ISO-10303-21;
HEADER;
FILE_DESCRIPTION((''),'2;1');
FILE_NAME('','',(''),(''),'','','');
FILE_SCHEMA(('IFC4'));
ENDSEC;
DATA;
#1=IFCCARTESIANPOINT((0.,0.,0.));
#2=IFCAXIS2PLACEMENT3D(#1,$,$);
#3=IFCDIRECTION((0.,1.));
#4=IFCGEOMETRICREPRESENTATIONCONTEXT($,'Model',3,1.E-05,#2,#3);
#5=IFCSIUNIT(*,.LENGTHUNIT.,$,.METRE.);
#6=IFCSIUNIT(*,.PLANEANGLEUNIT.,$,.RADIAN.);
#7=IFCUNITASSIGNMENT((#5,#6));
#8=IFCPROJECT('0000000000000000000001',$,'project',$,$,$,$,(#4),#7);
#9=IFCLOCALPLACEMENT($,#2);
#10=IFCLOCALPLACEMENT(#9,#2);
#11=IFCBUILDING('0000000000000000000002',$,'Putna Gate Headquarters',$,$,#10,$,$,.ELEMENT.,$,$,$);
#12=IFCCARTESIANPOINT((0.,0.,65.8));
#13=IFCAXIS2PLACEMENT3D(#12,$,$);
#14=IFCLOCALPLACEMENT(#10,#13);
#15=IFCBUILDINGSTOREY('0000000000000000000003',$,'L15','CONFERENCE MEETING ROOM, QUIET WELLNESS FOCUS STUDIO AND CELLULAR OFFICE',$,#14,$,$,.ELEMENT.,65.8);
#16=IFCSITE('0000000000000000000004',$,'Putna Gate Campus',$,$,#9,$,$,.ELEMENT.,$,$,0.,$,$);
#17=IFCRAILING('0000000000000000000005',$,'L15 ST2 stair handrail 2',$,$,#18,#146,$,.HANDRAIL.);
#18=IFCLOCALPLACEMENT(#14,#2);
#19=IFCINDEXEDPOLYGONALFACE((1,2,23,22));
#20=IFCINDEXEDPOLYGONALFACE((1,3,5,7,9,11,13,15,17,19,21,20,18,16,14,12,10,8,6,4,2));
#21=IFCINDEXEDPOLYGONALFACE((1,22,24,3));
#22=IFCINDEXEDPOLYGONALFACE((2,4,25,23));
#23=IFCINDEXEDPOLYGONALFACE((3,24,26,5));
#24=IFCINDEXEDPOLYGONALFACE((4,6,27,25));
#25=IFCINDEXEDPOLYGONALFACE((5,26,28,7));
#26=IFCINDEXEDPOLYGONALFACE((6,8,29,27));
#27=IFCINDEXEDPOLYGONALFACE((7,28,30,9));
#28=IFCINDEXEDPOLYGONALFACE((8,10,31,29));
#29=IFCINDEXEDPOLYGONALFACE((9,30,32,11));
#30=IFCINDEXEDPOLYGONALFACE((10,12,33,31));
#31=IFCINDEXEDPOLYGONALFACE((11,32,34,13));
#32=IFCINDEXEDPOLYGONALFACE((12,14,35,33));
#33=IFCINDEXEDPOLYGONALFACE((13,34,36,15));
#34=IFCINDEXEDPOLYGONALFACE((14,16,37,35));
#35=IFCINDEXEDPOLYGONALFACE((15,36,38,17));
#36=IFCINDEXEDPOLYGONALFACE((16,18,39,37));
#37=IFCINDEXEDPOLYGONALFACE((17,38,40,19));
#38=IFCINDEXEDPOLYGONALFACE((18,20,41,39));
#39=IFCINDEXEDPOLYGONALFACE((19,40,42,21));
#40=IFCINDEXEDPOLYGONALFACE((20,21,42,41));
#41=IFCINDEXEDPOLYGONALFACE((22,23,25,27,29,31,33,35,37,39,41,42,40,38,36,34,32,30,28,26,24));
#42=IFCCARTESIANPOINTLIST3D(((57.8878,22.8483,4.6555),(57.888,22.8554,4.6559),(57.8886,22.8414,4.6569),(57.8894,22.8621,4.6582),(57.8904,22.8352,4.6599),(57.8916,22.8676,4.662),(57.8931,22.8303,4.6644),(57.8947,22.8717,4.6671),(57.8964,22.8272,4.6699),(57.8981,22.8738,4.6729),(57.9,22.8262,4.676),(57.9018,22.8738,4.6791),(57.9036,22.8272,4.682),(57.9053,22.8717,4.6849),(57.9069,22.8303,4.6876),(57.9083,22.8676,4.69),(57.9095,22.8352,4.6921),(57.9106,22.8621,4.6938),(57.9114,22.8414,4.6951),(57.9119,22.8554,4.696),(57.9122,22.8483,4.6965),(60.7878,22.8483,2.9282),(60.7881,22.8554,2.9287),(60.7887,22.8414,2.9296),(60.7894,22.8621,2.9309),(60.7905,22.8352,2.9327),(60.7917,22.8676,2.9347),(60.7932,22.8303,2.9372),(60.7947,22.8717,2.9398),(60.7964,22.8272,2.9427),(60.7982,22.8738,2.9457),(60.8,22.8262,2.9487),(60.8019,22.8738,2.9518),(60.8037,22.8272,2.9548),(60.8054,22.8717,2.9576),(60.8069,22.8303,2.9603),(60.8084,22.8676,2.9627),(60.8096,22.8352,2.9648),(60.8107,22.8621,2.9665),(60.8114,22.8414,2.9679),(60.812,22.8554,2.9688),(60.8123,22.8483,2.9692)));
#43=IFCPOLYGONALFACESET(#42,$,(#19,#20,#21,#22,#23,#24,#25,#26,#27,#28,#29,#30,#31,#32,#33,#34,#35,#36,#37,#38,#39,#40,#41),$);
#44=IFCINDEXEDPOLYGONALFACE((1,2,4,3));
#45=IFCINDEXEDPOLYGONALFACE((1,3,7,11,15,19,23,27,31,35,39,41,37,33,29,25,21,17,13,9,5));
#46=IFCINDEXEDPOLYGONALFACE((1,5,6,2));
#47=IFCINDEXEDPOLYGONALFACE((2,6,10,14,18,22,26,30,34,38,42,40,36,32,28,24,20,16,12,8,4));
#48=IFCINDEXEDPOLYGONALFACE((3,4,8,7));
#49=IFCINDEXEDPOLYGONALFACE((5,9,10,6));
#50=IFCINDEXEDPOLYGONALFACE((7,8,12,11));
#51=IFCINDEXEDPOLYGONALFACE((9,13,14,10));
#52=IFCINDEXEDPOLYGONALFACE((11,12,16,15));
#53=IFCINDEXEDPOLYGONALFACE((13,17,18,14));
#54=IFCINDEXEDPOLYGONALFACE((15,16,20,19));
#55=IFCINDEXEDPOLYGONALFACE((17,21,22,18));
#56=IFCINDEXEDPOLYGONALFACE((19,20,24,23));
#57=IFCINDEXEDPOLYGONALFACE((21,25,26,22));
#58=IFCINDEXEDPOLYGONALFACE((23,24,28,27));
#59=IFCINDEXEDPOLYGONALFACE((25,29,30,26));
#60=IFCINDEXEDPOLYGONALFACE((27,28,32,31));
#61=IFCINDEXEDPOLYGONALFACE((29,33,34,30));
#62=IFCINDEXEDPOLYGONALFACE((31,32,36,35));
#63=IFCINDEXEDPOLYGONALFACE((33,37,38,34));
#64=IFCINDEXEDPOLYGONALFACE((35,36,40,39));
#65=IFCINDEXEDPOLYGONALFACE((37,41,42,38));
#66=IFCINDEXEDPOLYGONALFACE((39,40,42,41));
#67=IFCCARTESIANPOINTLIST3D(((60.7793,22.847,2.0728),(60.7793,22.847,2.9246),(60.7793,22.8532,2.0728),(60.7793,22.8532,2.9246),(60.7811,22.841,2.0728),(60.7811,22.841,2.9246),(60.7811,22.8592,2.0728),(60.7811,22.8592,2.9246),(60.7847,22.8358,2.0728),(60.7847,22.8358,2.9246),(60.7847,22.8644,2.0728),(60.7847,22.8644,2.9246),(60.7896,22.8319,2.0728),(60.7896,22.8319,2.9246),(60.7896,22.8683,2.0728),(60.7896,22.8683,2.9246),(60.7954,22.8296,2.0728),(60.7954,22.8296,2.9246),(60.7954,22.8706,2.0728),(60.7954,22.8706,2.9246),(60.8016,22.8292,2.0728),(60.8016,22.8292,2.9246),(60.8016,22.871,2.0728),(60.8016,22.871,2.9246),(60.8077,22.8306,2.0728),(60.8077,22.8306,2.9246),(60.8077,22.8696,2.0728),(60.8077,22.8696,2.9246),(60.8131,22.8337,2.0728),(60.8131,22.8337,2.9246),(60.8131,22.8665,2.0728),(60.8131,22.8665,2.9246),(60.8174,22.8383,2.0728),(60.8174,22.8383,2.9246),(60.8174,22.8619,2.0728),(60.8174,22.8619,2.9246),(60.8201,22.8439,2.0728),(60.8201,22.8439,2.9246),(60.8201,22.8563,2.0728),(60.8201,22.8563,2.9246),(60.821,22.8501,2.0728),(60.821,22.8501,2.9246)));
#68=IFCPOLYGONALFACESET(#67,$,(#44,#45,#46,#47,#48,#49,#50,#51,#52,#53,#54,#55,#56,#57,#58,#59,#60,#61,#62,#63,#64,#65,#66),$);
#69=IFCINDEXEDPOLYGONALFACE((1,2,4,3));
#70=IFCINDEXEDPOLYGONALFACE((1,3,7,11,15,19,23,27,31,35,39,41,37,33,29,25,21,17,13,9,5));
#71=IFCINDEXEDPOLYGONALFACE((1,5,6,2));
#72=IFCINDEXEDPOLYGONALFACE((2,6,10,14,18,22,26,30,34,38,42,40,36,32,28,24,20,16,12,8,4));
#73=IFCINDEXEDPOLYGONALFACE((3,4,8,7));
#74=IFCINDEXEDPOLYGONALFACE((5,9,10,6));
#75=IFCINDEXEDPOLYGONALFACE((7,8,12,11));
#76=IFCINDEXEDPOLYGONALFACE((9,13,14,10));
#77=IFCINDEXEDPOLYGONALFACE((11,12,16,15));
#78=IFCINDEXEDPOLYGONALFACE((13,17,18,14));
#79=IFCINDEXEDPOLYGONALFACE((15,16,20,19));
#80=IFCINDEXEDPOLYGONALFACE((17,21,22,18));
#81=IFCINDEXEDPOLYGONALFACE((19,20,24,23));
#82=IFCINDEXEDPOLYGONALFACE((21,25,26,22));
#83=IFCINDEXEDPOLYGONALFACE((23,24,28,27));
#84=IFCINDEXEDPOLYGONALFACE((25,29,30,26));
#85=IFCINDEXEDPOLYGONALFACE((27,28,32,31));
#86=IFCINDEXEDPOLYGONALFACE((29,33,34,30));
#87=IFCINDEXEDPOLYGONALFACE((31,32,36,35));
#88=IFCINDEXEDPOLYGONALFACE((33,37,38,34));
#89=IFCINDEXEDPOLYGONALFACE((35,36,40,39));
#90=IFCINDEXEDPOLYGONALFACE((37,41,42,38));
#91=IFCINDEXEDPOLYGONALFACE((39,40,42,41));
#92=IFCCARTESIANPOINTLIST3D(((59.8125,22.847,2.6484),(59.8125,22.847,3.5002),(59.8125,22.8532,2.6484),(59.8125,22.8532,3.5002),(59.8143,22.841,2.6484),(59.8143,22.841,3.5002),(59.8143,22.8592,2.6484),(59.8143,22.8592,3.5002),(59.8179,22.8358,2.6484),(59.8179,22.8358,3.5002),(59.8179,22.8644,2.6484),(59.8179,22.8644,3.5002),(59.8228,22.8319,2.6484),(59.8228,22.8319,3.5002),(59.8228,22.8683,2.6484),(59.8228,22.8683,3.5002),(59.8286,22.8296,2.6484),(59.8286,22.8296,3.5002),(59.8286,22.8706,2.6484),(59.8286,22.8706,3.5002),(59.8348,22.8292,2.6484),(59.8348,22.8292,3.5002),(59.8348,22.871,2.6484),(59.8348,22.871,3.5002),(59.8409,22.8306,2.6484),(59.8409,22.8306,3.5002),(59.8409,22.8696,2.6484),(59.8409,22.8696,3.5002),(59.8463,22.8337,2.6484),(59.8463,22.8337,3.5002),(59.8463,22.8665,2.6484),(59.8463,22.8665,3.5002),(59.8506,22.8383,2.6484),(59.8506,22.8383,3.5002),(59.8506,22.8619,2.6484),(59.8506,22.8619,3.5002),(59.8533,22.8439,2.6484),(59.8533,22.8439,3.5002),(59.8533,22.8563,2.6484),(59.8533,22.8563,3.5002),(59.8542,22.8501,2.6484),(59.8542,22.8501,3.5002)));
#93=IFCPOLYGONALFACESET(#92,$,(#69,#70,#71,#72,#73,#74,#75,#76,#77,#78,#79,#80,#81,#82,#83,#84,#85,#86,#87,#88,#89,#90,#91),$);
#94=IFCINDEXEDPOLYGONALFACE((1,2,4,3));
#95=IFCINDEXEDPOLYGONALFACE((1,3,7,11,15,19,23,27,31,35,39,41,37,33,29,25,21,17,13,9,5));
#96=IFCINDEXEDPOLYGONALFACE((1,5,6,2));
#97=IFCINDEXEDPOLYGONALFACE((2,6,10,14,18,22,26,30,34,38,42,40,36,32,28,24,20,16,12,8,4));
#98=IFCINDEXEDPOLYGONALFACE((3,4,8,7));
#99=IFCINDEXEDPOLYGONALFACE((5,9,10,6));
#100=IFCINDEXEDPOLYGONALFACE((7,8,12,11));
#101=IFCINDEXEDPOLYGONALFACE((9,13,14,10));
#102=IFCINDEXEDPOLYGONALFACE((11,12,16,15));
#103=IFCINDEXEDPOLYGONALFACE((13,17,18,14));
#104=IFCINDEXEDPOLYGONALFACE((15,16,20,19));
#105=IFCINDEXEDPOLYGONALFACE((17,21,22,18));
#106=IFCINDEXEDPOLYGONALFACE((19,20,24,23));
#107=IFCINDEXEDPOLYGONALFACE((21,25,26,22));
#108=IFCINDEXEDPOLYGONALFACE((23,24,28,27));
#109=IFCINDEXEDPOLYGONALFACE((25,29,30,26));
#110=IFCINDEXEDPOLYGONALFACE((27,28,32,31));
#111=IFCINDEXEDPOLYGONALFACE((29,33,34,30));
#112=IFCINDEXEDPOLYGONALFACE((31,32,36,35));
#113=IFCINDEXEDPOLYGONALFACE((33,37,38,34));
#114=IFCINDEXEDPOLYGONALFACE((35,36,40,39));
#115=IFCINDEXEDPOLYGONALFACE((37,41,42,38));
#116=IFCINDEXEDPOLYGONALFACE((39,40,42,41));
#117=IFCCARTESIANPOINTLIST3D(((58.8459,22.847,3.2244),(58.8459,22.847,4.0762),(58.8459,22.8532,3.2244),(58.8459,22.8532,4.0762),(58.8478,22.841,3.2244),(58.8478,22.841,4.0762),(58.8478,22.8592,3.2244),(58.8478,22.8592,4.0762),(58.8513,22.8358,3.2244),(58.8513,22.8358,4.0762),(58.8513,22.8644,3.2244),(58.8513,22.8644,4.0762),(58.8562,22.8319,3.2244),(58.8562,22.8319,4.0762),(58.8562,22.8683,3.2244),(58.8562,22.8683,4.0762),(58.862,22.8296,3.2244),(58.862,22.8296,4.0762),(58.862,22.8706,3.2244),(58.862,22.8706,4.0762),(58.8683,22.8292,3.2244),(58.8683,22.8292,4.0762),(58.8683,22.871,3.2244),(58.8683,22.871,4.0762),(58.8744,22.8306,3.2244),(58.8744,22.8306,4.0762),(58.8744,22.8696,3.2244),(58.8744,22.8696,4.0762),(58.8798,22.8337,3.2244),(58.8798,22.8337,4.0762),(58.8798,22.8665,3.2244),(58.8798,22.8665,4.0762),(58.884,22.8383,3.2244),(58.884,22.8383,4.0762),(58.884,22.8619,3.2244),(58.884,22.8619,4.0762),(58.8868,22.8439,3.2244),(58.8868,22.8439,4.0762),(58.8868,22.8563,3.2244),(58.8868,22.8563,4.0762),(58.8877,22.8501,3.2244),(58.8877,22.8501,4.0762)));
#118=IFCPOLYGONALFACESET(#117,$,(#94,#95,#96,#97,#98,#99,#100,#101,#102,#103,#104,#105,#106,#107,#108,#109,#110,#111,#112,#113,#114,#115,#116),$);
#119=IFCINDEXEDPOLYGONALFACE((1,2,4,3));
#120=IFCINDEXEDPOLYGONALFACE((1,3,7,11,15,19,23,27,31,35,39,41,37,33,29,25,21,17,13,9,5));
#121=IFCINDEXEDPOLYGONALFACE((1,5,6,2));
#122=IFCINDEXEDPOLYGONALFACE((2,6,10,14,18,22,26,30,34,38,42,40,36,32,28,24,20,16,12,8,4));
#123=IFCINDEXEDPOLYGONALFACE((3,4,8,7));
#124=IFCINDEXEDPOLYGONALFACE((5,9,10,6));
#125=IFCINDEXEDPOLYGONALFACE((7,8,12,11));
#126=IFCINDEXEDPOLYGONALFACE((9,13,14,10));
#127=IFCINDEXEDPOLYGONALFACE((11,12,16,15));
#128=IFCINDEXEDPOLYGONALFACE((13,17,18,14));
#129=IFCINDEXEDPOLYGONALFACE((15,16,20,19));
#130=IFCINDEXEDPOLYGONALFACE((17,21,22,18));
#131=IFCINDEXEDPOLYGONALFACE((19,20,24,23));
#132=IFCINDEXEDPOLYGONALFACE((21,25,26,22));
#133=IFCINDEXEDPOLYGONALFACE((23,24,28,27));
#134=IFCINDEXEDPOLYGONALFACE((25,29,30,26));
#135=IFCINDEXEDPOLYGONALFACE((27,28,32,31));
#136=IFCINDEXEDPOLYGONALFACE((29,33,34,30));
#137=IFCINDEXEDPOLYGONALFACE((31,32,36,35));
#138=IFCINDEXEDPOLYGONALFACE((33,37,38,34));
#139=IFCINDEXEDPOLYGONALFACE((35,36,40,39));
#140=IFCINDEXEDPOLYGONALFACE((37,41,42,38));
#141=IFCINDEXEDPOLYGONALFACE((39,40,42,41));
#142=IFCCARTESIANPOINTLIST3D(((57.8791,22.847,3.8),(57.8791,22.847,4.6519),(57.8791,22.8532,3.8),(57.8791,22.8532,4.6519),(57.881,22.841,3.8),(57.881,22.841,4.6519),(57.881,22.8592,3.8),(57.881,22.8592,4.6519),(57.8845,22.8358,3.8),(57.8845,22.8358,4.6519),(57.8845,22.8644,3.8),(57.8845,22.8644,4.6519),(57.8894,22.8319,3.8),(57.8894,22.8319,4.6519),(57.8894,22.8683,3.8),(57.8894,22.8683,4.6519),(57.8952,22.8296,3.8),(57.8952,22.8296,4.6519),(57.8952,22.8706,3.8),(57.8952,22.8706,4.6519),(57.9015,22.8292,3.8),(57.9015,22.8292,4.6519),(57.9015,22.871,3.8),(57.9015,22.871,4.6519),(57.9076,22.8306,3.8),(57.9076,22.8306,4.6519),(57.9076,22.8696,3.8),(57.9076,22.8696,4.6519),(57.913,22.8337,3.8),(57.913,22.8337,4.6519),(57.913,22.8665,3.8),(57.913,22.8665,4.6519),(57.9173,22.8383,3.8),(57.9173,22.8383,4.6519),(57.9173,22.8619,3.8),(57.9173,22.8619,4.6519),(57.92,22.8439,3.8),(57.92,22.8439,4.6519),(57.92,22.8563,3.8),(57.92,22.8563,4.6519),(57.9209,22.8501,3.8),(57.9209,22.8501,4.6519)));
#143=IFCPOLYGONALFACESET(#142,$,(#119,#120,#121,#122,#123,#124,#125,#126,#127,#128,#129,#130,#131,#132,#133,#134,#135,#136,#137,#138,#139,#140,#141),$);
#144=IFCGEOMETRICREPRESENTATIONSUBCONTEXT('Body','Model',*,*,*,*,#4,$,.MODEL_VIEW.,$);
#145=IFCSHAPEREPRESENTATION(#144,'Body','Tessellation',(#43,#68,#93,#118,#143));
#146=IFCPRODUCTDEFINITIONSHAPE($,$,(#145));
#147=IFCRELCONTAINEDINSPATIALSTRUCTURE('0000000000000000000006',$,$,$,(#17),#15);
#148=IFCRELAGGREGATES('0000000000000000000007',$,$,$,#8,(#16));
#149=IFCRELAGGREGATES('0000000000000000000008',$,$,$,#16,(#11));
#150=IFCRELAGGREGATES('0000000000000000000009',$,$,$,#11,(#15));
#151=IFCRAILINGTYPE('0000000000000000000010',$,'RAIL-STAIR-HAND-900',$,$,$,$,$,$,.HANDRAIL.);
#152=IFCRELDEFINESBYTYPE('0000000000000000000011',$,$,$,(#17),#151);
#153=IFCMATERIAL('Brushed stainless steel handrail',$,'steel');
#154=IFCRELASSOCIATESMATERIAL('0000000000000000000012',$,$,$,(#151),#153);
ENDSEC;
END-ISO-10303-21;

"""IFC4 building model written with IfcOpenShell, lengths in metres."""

from ifc_helpers import new_model, si_unit, direction, frame, origin, origin_2d, place, context, subcontext, project, spatial, circle, extrude, material, type_object, element, save


model = new_model("IFC4")

# Units and contexts
model_context = context("Model", 3, precision=1e-05, world=origin(), true_north=direction((0.0, 1.0)))
body_context = subcontext(model_context, "Body", "Model", "MODEL_VIEW")
ifc_project = project(units=[si_unit("LENGTHUNIT", "METRE"), si_unit("PLANEANGLEUNIT", "RADIAN")], contexts=[model_context])

# Site, building, storey
site_placement = place(None, origin())
site = spatial("IfcSite", under=ifc_project, at=site_placement, Name="Putna Gate Campus", CompositionType="ELEMENT", RefElevation=0.0)
building_placement = place(site_placement, origin())
building = spatial("IfcBuilding", under=site, at=building_placement, Name="Putna Gate Headquarters", CompositionType="ELEMENT")
storey_placement = place(building_placement, frame((0.0, 0.0, 65.8)))
storey = spatial("IfcBuildingStorey", under=building, at=storey_placement, Name="L15", Description="CONFERENCE MEETING ROOM, QUIET WELLNESS FOCUS STUDIO AND CELLULAR OFFICE", CompositionType="ELEMENT", Elevation=65.8)

# Railing
ifc_material_1 = material(Name="Brushed stainless steel handrail", Category="steel")
railing_type = type_object("IfcRailingType", Name="RAIL-STAIR-HAND-900", PredefinedType="HANDRAIL", material=ifc_material_1)
railing_placement = place(storey_placement, frame((60.8, 22.8501, 2.0728)))
element("IfcRailing", 1, at=railing_placement, inside=storey, type_object=railing_type, Name="L15 ST2 stair handrail 2", PredefinedType="HANDRAIL", context=body_context, shape_type="SweptSolid", body=[
    extrude(circle(Radius=0.0239, at=origin_2d()), frame((0.0, 0.0, 0.876), z_axis=(-0.85916, 0.0, 0.511706), x_axis=(0.0, -1.0, 0.0)), (0.0, 0.0, 1.0), 3.3755),
    extrude(circle(Radius=0.021, at=origin_2d()), origin(), (0.0, 0.0, 1.0), 0.8518),
    extrude(circle(Radius=0.021, at=origin_2d()), frame((-0.9668, 0.0, 0.5757)), (0.0, 0.0, 1.0), 0.8518),
    extrude(circle(Radius=0.021, at=origin_2d()), frame((-1.9333, 0.0, 1.1516)), (0.0, 0.0, 1.0), 0.8518),
    extrude(circle(Radius=0.021, at=origin_2d()), frame((-2.9001, 0.0, 1.7273)), (0.0, 0.0, 1.0), 0.8518),
])

save(model, "model.ifc")
